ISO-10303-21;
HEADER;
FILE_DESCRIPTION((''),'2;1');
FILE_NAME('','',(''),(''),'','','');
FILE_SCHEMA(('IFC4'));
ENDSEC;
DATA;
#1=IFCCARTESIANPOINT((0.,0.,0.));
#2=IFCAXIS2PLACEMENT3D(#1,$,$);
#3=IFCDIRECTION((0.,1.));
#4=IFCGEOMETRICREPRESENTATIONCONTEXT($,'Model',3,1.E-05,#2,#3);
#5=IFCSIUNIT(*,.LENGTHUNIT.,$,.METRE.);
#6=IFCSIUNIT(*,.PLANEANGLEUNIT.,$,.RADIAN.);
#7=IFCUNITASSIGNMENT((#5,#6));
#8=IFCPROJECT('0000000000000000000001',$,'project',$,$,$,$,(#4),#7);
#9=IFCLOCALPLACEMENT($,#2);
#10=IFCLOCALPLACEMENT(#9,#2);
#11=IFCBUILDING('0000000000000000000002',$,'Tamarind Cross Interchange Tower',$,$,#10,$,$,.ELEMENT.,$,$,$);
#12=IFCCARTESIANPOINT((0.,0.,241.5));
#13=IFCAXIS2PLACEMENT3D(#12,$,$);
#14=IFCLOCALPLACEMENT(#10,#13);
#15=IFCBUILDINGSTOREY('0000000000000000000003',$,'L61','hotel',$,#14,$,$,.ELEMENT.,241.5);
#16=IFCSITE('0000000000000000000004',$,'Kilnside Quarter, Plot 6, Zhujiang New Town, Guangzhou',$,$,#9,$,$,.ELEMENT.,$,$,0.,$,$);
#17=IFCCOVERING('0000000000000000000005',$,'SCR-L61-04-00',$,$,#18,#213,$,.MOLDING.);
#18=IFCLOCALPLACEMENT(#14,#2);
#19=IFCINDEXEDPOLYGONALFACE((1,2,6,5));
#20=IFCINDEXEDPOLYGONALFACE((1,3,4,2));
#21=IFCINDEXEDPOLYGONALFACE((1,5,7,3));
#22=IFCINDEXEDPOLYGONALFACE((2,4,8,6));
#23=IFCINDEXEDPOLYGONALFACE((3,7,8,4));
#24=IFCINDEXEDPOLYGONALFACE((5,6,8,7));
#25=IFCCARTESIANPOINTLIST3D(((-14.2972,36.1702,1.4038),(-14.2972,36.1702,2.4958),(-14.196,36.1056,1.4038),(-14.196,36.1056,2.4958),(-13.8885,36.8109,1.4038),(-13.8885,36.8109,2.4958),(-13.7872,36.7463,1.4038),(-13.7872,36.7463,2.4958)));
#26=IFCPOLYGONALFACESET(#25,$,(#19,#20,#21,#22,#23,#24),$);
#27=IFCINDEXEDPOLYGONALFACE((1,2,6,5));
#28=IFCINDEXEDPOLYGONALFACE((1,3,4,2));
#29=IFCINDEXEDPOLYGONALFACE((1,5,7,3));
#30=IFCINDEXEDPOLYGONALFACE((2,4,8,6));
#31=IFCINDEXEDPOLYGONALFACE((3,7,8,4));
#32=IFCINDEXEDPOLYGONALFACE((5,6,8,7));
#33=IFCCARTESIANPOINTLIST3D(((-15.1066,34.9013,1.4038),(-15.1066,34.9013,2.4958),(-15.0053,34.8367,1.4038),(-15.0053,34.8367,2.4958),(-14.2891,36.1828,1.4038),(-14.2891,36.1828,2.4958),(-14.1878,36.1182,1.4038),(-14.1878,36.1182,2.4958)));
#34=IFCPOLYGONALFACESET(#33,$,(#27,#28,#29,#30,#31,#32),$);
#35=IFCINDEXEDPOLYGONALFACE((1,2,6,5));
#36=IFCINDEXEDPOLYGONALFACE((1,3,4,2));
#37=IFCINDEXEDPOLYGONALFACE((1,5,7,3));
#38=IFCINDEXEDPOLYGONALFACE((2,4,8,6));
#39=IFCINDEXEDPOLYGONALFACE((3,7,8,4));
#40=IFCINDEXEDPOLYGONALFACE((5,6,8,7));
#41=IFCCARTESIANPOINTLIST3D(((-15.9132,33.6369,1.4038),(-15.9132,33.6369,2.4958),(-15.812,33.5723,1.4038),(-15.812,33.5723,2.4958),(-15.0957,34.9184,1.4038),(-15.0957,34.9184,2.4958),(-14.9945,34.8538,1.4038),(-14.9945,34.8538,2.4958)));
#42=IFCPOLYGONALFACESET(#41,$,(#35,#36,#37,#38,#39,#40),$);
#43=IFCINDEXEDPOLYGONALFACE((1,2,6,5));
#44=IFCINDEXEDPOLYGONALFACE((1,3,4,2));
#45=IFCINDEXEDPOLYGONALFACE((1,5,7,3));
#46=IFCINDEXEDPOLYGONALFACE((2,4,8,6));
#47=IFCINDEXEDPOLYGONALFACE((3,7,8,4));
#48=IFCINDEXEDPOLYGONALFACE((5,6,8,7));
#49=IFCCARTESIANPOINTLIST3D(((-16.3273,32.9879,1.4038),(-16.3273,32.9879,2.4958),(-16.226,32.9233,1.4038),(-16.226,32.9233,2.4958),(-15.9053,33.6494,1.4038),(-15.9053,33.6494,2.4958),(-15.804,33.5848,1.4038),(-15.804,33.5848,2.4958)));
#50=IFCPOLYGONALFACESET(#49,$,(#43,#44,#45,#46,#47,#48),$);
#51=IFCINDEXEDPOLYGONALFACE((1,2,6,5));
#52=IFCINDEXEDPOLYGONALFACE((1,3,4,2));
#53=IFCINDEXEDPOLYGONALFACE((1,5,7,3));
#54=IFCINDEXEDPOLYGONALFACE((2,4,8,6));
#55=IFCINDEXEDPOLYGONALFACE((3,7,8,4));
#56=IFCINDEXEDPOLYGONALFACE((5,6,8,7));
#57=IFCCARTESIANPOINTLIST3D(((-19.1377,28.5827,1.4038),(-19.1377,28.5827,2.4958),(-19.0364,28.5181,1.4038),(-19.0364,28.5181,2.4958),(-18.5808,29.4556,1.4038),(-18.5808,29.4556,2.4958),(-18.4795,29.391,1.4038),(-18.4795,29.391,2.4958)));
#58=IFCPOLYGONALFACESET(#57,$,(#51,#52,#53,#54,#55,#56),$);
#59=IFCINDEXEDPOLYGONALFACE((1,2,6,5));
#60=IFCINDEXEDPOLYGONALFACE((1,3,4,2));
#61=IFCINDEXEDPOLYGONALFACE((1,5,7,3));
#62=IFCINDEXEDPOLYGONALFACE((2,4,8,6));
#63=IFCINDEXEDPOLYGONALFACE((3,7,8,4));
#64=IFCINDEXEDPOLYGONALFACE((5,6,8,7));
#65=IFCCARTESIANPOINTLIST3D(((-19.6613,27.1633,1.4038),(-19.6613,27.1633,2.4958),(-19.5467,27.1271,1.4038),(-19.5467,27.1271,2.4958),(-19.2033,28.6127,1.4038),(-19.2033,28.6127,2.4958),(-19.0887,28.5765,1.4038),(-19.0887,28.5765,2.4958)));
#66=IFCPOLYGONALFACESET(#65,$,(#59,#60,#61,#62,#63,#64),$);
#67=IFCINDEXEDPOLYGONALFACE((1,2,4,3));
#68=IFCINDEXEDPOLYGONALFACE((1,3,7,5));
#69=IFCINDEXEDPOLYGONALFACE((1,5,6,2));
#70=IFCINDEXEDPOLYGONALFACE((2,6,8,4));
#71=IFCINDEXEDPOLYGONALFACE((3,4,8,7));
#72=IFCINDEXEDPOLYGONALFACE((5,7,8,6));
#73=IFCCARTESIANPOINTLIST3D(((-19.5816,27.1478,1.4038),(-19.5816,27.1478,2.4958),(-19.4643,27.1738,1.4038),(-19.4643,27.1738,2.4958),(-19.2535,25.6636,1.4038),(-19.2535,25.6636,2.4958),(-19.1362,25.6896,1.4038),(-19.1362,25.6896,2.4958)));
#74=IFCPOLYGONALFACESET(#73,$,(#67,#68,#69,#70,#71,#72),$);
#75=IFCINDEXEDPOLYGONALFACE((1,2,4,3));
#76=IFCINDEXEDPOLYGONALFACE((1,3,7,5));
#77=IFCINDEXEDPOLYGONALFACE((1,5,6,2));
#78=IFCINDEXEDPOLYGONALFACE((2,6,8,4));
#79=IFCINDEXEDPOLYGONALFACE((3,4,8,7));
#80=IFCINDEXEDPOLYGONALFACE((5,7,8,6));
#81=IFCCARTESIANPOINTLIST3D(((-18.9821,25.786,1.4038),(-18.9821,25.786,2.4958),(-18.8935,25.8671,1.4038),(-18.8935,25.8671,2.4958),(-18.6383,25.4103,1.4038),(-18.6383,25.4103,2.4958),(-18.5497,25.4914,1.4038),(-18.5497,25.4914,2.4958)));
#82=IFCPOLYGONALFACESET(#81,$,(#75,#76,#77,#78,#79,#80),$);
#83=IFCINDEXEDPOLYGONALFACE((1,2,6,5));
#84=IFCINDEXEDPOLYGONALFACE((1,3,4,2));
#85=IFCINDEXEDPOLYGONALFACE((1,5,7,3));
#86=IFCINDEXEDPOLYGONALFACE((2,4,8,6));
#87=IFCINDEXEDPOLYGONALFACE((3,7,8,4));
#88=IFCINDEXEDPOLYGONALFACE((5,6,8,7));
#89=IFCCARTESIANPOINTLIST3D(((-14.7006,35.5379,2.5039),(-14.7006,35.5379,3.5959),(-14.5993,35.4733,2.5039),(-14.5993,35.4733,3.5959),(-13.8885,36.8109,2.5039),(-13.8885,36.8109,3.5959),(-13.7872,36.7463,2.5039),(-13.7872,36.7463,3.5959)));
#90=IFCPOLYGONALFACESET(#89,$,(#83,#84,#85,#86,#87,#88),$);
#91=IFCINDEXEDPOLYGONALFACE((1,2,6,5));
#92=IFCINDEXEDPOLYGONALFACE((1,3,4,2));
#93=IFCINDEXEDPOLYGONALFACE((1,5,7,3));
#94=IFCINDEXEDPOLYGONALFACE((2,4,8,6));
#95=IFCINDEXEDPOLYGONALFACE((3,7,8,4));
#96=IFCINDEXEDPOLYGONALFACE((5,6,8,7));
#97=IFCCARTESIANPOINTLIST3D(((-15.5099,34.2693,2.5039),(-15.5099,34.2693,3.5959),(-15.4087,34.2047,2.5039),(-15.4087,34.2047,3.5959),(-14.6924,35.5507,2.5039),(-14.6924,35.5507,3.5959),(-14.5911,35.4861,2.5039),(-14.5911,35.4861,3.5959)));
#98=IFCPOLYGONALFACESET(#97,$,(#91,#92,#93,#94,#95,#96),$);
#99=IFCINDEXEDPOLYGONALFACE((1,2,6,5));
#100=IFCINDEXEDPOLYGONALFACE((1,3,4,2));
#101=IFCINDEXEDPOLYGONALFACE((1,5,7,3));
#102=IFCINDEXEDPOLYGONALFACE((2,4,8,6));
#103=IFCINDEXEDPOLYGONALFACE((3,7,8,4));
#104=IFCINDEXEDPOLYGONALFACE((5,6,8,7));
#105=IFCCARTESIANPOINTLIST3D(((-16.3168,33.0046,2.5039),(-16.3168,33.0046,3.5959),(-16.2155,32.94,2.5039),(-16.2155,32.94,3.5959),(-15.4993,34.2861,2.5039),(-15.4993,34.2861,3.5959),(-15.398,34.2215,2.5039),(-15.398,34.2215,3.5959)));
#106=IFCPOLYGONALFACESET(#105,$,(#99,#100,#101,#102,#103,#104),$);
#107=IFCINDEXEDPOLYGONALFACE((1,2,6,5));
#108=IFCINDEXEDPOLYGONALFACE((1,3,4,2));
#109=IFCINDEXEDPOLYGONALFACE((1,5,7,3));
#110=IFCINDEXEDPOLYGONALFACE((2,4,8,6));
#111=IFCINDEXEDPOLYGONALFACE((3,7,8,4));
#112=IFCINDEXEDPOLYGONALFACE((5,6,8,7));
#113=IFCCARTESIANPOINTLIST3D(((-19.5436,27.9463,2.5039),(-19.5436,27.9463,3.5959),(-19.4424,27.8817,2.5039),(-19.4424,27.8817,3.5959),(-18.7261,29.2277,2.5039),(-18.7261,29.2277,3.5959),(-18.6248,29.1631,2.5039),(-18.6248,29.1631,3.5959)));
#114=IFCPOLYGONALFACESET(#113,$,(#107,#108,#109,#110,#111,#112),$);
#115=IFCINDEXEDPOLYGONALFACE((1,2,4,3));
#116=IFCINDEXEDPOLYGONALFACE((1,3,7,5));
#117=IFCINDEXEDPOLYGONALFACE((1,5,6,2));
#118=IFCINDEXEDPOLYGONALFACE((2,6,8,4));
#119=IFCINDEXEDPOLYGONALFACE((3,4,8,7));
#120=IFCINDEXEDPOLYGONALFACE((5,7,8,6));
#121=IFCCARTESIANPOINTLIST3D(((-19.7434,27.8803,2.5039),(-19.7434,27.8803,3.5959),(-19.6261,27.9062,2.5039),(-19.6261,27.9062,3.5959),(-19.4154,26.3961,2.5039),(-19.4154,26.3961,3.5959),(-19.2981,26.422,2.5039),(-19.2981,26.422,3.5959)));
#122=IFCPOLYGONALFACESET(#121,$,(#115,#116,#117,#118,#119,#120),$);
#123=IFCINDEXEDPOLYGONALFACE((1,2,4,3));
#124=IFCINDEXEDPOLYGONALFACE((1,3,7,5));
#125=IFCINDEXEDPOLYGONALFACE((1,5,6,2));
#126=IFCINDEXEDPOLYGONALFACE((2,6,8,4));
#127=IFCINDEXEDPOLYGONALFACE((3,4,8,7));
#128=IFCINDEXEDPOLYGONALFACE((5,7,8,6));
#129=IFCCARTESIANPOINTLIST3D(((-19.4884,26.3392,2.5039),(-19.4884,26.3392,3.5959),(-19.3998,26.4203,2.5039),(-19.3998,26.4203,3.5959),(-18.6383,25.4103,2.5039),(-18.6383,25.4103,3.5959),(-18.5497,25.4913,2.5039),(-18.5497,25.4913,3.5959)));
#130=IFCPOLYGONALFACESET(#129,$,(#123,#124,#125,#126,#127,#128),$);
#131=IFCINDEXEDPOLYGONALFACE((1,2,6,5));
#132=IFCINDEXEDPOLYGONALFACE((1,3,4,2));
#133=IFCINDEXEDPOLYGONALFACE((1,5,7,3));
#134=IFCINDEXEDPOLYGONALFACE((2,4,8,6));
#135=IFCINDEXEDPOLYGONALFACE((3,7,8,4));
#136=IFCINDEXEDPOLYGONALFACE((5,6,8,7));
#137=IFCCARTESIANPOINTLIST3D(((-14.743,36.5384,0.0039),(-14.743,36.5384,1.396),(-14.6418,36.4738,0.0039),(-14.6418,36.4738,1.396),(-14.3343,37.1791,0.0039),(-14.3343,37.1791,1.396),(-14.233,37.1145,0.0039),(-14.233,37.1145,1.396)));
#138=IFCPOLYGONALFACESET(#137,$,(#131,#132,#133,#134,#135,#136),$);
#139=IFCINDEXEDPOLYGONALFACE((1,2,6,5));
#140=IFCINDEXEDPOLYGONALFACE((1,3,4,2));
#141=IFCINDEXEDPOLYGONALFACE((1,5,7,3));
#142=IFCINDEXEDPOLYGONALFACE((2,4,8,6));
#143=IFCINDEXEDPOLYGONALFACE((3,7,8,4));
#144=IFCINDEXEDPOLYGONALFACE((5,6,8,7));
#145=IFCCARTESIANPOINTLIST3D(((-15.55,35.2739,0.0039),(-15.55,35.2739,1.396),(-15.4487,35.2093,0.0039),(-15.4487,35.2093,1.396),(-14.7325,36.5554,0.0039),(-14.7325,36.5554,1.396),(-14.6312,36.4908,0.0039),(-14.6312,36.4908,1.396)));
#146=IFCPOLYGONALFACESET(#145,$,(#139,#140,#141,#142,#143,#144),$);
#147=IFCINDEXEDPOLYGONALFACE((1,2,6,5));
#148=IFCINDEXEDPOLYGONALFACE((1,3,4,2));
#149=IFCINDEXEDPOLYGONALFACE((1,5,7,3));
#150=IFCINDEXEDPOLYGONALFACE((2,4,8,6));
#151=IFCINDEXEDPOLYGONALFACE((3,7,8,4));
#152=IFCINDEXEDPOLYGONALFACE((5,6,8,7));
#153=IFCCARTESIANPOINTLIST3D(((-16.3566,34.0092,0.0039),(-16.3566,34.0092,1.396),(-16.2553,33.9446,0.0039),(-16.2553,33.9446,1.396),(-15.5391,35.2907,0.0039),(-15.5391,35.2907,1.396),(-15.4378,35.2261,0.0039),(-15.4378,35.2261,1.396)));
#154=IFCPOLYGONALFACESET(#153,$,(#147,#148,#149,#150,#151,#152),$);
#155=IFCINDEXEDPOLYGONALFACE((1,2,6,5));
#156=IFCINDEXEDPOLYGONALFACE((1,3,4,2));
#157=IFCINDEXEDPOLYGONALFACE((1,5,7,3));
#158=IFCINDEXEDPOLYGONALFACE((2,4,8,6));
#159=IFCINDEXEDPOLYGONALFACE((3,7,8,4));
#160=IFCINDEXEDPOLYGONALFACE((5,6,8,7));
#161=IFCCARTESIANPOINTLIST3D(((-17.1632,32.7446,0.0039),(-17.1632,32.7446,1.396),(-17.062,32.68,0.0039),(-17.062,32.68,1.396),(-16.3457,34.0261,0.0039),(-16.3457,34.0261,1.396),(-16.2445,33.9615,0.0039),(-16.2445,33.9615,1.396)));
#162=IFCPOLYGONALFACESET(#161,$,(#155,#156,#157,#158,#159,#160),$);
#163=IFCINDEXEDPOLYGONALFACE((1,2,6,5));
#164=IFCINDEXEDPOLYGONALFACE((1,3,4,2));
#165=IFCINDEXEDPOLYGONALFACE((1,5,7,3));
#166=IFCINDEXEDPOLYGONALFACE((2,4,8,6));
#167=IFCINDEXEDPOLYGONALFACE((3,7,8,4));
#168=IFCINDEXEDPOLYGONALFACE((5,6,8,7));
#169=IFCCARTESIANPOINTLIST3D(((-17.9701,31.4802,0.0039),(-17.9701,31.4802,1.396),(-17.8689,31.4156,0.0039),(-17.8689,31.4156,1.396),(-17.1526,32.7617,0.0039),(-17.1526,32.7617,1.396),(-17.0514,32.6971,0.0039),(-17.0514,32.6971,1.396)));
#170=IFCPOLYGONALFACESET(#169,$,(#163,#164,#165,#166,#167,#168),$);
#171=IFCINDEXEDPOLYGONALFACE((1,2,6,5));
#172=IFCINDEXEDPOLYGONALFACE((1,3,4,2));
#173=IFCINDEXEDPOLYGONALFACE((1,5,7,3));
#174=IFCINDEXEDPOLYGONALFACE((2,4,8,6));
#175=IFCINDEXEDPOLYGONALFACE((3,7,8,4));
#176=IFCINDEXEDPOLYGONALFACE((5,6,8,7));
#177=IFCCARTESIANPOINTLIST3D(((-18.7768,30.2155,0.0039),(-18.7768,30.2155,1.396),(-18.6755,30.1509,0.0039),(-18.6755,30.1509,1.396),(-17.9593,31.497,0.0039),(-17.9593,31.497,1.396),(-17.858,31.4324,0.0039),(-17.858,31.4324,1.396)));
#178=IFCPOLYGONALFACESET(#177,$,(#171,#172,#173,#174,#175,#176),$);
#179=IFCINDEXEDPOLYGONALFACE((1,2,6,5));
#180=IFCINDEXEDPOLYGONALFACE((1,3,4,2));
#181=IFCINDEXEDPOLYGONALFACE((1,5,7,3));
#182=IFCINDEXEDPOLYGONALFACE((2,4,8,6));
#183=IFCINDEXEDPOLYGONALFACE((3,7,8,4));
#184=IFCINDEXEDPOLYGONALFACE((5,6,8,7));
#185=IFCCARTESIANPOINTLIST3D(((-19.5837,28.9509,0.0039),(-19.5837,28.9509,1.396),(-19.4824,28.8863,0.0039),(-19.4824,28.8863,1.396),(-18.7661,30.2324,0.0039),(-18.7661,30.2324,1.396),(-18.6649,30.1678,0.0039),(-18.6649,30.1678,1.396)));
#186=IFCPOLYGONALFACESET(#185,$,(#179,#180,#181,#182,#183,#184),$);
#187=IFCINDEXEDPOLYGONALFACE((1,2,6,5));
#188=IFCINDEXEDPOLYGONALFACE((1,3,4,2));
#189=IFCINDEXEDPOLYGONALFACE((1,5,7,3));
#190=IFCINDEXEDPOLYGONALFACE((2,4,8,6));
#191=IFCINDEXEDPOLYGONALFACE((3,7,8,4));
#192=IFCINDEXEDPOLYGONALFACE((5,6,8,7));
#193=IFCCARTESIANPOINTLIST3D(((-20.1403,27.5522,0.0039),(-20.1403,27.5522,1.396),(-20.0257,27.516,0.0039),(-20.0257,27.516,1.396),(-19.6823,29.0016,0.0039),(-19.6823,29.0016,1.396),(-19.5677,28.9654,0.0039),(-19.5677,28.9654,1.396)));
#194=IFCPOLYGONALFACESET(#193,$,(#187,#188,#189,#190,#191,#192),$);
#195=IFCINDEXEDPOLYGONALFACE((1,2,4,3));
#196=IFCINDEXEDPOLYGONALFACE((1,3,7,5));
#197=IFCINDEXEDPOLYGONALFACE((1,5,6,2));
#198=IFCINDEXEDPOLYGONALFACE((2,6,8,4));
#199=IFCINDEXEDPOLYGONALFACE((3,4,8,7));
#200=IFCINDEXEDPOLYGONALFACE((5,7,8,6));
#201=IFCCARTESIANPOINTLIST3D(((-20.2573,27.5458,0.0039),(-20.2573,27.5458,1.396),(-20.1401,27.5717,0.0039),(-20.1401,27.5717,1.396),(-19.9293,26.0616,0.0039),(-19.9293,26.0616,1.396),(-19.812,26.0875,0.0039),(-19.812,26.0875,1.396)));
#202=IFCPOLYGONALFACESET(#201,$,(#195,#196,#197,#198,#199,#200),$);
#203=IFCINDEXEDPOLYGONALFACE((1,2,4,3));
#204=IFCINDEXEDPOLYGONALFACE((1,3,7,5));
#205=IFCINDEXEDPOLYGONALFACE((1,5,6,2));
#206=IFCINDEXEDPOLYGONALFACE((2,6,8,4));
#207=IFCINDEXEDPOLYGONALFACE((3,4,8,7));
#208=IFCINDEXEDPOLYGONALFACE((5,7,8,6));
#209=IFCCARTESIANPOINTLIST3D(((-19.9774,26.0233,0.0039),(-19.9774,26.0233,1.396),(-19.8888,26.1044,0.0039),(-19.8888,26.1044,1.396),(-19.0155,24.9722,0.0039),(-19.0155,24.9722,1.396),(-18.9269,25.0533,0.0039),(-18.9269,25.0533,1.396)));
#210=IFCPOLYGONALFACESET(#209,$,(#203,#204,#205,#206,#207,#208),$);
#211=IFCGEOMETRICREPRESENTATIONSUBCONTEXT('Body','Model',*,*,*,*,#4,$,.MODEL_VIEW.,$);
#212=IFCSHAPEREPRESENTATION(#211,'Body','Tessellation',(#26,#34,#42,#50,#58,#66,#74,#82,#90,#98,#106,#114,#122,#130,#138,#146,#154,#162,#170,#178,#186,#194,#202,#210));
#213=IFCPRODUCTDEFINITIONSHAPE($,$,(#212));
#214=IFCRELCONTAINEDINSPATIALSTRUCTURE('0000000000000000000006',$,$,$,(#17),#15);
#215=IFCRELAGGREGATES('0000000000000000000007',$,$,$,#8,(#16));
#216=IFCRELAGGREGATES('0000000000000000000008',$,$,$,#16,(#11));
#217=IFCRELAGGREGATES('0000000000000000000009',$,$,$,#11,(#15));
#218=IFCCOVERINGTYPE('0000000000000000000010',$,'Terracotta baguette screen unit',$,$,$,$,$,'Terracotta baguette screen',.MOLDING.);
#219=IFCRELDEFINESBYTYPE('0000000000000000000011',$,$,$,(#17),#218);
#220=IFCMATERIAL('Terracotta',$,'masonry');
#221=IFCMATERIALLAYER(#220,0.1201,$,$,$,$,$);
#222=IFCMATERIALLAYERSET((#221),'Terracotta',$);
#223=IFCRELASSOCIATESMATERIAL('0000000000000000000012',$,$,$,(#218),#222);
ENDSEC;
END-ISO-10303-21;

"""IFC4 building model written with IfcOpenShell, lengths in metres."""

from ifc_helpers import new_model, si_unit, direction, frame, origin, origin_2d, place, context, subcontext, project, spatial, rectangle, extrude, material, layer, layer_set, type_object, element, save


model = new_model("IFC4")

# Units and contexts
model_context = context("Model", 3, precision=1e-05, world=origin(), true_north=direction((0.0, 1.0)))
body_context = subcontext(model_context, "Body", "Model", "MODEL_VIEW")
ifc_project = project(units=[si_unit("LENGTHUNIT", "METRE"), si_unit("PLANEANGLEUNIT", "RADIAN")], contexts=[model_context])

# Site, building, storey
site_placement = place(None, origin())
site = spatial("IfcSite", under=ifc_project, at=site_placement, Name="Kilnside Quarter, Plot 6, Zhujiang New Town, Guangzhou", CompositionType="ELEMENT", RefElevation=0.0)
building_placement = place(site_placement, origin())
building = spatial("IfcBuilding", under=site, at=building_placement, Name="Tamarind Cross Interchange Tower", CompositionType="ELEMENT")
storey_placement = place(building_placement, frame((0.0, 0.0, 241.5)))
storey = spatial("IfcBuildingStorey", under=building, at=storey_placement, Name="L61", Description="hotel", CompositionType="ELEMENT", Elevation=241.5)

# Covering
ifc_material_1 = material(Name="Terracotta", Category="masonry")
ifc_layer_1 = layer(ifc_material_1, 0.1201)
ifc_layer_set_1 = layer_set([ifc_layer_1], Name="Terracotta")
covering_type = type_object("IfcCoveringType", Name="Terracotta baguette screen unit", ElementType="Terracotta baguette screen", PredefinedType="MOLDING", material=ifc_layer_set_1)
covering_1_placement = place(storey_placement, origin())
element("IfcCovering", 1, at=covering_1_placement, inside=storey, type_object=covering_type, Name="SCR-L61-04-00", PredefinedType="MOLDING", context=body_context, shape_type="SweptSolid", body=[
    extrude(rectangle(XDim=0.76, YDim=0.1201, at=origin_2d()), frame((-14.0422, 36.4583, 1.4038), z_axis=(0.0, 0.0, 1.0), x_axis=(-0.537829, -0.843054, 0.0)), (0.0, 0.0, 1.0), 1.092),
    extrude(rectangle(XDim=1.52, YDim=0.1201, at=origin_2d()), frame((-14.6472, 35.5098, 1.4038), z_axis=(0.0, 0.0, 1.0), x_axis=(-0.537829, -0.843054, 0.0)), (0.0, 0.0, 1.0), 1.092),
    extrude(rectangle(XDim=1.52, YDim=0.1201, at=origin_2d()), frame((-15.4539, 34.2454, 1.4038), z_axis=(0.0, 0.0, 1.0), x_axis=(-0.537829, -0.843054, 0.0)), (0.0, 0.0, 1.0), 1.092),
    extrude(rectangle(XDim=0.7847, YDim=0.1201, at=origin_2d()), frame((-16.0657, 33.2864, 1.4038), z_axis=(0.0, 0.0, 1.0), x_axis=(-0.537829, -0.843054, 0.0)), (0.0, 0.0, 1.0), 1.092),
    extrude(rectangle(XDim=1.0354, YDim=0.1201, at=origin_2d()), frame((-18.8086, 28.9868, 1.4038), z_axis=(0.0, 0.0, 1.0), x_axis=(-0.537829, -0.843054, 0.0)), (0.0, 0.0, 1.0), 1.092),
    extrude(rectangle(XDim=1.52, YDim=0.1201, at=origin_2d()), frame((-19.375, 27.8699, 1.4038), z_axis=(0.0, 0.0, 1.0), x_axis=(-0.301305, -0.953528, 0.0)), (0.0, 0.0, 1.0), 1.092),
    extrude(rectangle(XDim=1.52, YDim=0.1201, at=origin_2d()), frame((-19.3589, 26.4187, 1.4038), z_axis=(0.0, 0.0, 1.0), x_axis=(0.215826, -0.976432, 0.0)), (0.0, 0.0, 1.0), 1.092),
    extrude(rectangle(XDim=0.5093, YDim=0.1201, at=origin_2d()), frame((-18.7659, 25.6387, 1.4038), z_axis=(0.0, 0.0, 1.0), x_axis=(0.675127, -0.737702, 0.0)), (0.0, 0.0, 1.0), 1.092),
    extrude(rectangle(XDim=1.51, YDim=0.1201, at=origin_2d()), frame((-14.2439, 36.1421, 2.5039), z_axis=(0.0, 0.0, 1.0), x_axis=(-0.537829, -0.843054, 0.0)), (0.0, 0.0, 1.0), 1.092),
    extrude(rectangle(XDim=1.52, YDim=0.1201, at=origin_2d()), frame((-15.0505, 34.8777, 2.5039), z_axis=(0.0, 0.0, 1.0), x_axis=(-0.537829, -0.843054, 0.0)), (0.0, 0.0, 1.0), 1.092),
    extrude(rectangle(XDim=1.52, YDim=0.1201, at=origin_2d()), frame((-15.8574, 33.613, 2.5039), z_axis=(0.0, 0.0, 1.0), x_axis=(-0.537829, -0.843054, 0.0)), (0.0, 0.0, 1.0), 1.092),
    extrude(rectangle(XDim=1.52, YDim=0.1201, at=origin_2d()), frame((-19.0842, 28.5547, 2.5039), z_axis=(0.0, 0.0, 1.0), x_axis=(-0.537829, -0.843054, 0.0)), (0.0, 0.0, 1.0), 1.092),
    extrude(rectangle(XDim=1.52, YDim=0.1201, at=origin_2d()), frame((-19.5208, 27.1511, 2.5039), z_axis=(0.0, 0.0, 1.0), x_axis=(0.215826, -0.976432, 0.0)), (0.0, 0.0, 1.0), 1.092),
    extrude(rectangle(XDim=1.2593, YDim=0.1201, at=origin_2d()), frame((-19.019, 25.9153, 2.5039), z_axis=(0.0, 0.0, 1.0), x_axis=(0.675127, -0.737702, 0.0)), (0.0, 0.0, 1.0), 1.092),
    extrude(rectangle(XDim=0.76, YDim=0.1201, at=origin_2d()), frame((-14.488, 36.8264, 0.0039), z_axis=(0.0, 0.0, 1.0), x_axis=(-0.537829, -0.843054, 0.0)), (0.0, 0.0, 1.0), 1.3921),
    extrude(rectangle(XDim=1.52, YDim=0.1201, at=origin_2d()), frame((-15.0906, 35.8823, 0.0039), z_axis=(0.0, 0.0, 1.0), x_axis=(-0.537829, -0.843054, 0.0)), (0.0, 0.0, 1.0), 1.3921),
    extrude(rectangle(XDim=1.52, YDim=0.1201, at=origin_2d()), frame((-15.8972, 34.6177, 0.0039), z_axis=(0.0, 0.0, 1.0), x_axis=(-0.537829, -0.843054, 0.0)), (0.0, 0.0, 1.0), 1.3921),
    extrude(rectangle(XDim=1.52, YDim=0.1201, at=origin_2d()), frame((-16.7039, 33.353, 0.0039), z_axis=(0.0, 0.0, 1.0), x_axis=(-0.537829, -0.843054, 0.0)), (0.0, 0.0, 1.0), 1.3921),
    extrude(rectangle(XDim=1.52, YDim=0.1201, at=origin_2d()), frame((-17.5107, 32.0886, 0.0039), z_axis=(0.0, 0.0, 1.0), x_axis=(-0.537829, -0.843054, 0.0)), (0.0, 0.0, 1.0), 1.3921),
    extrude(rectangle(XDim=1.52, YDim=0.1201, at=origin_2d()), frame((-18.3174, 30.824, 0.0039), z_axis=(0.0, 0.0, 1.0), x_axis=(-0.537829, -0.843054, 0.0)), (0.0, 0.0, 1.0), 1.3921),
    extrude(rectangle(XDim=1.52, YDim=0.1201, at=origin_2d()), frame((-19.1243, 29.5593, 0.0039), z_axis=(0.0, 0.0, 1.0), x_axis=(-0.537829, -0.843054, 0.0)), (0.0, 0.0, 1.0), 1.3921),
    extrude(rectangle(XDim=1.52, YDim=0.1201, at=origin_2d()), frame((-19.854, 28.2588, 0.0039), z_axis=(0.0, 0.0, 1.0), x_axis=(-0.301305, -0.953528, 0.0)), (0.0, 0.0, 1.0), 1.3921),
    extrude(rectangle(XDim=1.52, YDim=0.1201, at=origin_2d()), frame((-20.0347, 26.8167, 0.0039), z_axis=(0.0, 0.0, 1.0), x_axis=(0.215826, -0.976432, 0.0)), (0.0, 0.0, 1.0), 1.3921),
    extrude(rectangle(XDim=1.4248, YDim=0.1201, at=origin_2d()), frame((-19.4521, 25.5383, 0.0039), z_axis=(0.0, 0.0, 1.0), x_axis=(0.675127, -0.737702, 0.0)), (0.0, 0.0, 1.0), 1.3921),
])

save(model, "model.ifc")
